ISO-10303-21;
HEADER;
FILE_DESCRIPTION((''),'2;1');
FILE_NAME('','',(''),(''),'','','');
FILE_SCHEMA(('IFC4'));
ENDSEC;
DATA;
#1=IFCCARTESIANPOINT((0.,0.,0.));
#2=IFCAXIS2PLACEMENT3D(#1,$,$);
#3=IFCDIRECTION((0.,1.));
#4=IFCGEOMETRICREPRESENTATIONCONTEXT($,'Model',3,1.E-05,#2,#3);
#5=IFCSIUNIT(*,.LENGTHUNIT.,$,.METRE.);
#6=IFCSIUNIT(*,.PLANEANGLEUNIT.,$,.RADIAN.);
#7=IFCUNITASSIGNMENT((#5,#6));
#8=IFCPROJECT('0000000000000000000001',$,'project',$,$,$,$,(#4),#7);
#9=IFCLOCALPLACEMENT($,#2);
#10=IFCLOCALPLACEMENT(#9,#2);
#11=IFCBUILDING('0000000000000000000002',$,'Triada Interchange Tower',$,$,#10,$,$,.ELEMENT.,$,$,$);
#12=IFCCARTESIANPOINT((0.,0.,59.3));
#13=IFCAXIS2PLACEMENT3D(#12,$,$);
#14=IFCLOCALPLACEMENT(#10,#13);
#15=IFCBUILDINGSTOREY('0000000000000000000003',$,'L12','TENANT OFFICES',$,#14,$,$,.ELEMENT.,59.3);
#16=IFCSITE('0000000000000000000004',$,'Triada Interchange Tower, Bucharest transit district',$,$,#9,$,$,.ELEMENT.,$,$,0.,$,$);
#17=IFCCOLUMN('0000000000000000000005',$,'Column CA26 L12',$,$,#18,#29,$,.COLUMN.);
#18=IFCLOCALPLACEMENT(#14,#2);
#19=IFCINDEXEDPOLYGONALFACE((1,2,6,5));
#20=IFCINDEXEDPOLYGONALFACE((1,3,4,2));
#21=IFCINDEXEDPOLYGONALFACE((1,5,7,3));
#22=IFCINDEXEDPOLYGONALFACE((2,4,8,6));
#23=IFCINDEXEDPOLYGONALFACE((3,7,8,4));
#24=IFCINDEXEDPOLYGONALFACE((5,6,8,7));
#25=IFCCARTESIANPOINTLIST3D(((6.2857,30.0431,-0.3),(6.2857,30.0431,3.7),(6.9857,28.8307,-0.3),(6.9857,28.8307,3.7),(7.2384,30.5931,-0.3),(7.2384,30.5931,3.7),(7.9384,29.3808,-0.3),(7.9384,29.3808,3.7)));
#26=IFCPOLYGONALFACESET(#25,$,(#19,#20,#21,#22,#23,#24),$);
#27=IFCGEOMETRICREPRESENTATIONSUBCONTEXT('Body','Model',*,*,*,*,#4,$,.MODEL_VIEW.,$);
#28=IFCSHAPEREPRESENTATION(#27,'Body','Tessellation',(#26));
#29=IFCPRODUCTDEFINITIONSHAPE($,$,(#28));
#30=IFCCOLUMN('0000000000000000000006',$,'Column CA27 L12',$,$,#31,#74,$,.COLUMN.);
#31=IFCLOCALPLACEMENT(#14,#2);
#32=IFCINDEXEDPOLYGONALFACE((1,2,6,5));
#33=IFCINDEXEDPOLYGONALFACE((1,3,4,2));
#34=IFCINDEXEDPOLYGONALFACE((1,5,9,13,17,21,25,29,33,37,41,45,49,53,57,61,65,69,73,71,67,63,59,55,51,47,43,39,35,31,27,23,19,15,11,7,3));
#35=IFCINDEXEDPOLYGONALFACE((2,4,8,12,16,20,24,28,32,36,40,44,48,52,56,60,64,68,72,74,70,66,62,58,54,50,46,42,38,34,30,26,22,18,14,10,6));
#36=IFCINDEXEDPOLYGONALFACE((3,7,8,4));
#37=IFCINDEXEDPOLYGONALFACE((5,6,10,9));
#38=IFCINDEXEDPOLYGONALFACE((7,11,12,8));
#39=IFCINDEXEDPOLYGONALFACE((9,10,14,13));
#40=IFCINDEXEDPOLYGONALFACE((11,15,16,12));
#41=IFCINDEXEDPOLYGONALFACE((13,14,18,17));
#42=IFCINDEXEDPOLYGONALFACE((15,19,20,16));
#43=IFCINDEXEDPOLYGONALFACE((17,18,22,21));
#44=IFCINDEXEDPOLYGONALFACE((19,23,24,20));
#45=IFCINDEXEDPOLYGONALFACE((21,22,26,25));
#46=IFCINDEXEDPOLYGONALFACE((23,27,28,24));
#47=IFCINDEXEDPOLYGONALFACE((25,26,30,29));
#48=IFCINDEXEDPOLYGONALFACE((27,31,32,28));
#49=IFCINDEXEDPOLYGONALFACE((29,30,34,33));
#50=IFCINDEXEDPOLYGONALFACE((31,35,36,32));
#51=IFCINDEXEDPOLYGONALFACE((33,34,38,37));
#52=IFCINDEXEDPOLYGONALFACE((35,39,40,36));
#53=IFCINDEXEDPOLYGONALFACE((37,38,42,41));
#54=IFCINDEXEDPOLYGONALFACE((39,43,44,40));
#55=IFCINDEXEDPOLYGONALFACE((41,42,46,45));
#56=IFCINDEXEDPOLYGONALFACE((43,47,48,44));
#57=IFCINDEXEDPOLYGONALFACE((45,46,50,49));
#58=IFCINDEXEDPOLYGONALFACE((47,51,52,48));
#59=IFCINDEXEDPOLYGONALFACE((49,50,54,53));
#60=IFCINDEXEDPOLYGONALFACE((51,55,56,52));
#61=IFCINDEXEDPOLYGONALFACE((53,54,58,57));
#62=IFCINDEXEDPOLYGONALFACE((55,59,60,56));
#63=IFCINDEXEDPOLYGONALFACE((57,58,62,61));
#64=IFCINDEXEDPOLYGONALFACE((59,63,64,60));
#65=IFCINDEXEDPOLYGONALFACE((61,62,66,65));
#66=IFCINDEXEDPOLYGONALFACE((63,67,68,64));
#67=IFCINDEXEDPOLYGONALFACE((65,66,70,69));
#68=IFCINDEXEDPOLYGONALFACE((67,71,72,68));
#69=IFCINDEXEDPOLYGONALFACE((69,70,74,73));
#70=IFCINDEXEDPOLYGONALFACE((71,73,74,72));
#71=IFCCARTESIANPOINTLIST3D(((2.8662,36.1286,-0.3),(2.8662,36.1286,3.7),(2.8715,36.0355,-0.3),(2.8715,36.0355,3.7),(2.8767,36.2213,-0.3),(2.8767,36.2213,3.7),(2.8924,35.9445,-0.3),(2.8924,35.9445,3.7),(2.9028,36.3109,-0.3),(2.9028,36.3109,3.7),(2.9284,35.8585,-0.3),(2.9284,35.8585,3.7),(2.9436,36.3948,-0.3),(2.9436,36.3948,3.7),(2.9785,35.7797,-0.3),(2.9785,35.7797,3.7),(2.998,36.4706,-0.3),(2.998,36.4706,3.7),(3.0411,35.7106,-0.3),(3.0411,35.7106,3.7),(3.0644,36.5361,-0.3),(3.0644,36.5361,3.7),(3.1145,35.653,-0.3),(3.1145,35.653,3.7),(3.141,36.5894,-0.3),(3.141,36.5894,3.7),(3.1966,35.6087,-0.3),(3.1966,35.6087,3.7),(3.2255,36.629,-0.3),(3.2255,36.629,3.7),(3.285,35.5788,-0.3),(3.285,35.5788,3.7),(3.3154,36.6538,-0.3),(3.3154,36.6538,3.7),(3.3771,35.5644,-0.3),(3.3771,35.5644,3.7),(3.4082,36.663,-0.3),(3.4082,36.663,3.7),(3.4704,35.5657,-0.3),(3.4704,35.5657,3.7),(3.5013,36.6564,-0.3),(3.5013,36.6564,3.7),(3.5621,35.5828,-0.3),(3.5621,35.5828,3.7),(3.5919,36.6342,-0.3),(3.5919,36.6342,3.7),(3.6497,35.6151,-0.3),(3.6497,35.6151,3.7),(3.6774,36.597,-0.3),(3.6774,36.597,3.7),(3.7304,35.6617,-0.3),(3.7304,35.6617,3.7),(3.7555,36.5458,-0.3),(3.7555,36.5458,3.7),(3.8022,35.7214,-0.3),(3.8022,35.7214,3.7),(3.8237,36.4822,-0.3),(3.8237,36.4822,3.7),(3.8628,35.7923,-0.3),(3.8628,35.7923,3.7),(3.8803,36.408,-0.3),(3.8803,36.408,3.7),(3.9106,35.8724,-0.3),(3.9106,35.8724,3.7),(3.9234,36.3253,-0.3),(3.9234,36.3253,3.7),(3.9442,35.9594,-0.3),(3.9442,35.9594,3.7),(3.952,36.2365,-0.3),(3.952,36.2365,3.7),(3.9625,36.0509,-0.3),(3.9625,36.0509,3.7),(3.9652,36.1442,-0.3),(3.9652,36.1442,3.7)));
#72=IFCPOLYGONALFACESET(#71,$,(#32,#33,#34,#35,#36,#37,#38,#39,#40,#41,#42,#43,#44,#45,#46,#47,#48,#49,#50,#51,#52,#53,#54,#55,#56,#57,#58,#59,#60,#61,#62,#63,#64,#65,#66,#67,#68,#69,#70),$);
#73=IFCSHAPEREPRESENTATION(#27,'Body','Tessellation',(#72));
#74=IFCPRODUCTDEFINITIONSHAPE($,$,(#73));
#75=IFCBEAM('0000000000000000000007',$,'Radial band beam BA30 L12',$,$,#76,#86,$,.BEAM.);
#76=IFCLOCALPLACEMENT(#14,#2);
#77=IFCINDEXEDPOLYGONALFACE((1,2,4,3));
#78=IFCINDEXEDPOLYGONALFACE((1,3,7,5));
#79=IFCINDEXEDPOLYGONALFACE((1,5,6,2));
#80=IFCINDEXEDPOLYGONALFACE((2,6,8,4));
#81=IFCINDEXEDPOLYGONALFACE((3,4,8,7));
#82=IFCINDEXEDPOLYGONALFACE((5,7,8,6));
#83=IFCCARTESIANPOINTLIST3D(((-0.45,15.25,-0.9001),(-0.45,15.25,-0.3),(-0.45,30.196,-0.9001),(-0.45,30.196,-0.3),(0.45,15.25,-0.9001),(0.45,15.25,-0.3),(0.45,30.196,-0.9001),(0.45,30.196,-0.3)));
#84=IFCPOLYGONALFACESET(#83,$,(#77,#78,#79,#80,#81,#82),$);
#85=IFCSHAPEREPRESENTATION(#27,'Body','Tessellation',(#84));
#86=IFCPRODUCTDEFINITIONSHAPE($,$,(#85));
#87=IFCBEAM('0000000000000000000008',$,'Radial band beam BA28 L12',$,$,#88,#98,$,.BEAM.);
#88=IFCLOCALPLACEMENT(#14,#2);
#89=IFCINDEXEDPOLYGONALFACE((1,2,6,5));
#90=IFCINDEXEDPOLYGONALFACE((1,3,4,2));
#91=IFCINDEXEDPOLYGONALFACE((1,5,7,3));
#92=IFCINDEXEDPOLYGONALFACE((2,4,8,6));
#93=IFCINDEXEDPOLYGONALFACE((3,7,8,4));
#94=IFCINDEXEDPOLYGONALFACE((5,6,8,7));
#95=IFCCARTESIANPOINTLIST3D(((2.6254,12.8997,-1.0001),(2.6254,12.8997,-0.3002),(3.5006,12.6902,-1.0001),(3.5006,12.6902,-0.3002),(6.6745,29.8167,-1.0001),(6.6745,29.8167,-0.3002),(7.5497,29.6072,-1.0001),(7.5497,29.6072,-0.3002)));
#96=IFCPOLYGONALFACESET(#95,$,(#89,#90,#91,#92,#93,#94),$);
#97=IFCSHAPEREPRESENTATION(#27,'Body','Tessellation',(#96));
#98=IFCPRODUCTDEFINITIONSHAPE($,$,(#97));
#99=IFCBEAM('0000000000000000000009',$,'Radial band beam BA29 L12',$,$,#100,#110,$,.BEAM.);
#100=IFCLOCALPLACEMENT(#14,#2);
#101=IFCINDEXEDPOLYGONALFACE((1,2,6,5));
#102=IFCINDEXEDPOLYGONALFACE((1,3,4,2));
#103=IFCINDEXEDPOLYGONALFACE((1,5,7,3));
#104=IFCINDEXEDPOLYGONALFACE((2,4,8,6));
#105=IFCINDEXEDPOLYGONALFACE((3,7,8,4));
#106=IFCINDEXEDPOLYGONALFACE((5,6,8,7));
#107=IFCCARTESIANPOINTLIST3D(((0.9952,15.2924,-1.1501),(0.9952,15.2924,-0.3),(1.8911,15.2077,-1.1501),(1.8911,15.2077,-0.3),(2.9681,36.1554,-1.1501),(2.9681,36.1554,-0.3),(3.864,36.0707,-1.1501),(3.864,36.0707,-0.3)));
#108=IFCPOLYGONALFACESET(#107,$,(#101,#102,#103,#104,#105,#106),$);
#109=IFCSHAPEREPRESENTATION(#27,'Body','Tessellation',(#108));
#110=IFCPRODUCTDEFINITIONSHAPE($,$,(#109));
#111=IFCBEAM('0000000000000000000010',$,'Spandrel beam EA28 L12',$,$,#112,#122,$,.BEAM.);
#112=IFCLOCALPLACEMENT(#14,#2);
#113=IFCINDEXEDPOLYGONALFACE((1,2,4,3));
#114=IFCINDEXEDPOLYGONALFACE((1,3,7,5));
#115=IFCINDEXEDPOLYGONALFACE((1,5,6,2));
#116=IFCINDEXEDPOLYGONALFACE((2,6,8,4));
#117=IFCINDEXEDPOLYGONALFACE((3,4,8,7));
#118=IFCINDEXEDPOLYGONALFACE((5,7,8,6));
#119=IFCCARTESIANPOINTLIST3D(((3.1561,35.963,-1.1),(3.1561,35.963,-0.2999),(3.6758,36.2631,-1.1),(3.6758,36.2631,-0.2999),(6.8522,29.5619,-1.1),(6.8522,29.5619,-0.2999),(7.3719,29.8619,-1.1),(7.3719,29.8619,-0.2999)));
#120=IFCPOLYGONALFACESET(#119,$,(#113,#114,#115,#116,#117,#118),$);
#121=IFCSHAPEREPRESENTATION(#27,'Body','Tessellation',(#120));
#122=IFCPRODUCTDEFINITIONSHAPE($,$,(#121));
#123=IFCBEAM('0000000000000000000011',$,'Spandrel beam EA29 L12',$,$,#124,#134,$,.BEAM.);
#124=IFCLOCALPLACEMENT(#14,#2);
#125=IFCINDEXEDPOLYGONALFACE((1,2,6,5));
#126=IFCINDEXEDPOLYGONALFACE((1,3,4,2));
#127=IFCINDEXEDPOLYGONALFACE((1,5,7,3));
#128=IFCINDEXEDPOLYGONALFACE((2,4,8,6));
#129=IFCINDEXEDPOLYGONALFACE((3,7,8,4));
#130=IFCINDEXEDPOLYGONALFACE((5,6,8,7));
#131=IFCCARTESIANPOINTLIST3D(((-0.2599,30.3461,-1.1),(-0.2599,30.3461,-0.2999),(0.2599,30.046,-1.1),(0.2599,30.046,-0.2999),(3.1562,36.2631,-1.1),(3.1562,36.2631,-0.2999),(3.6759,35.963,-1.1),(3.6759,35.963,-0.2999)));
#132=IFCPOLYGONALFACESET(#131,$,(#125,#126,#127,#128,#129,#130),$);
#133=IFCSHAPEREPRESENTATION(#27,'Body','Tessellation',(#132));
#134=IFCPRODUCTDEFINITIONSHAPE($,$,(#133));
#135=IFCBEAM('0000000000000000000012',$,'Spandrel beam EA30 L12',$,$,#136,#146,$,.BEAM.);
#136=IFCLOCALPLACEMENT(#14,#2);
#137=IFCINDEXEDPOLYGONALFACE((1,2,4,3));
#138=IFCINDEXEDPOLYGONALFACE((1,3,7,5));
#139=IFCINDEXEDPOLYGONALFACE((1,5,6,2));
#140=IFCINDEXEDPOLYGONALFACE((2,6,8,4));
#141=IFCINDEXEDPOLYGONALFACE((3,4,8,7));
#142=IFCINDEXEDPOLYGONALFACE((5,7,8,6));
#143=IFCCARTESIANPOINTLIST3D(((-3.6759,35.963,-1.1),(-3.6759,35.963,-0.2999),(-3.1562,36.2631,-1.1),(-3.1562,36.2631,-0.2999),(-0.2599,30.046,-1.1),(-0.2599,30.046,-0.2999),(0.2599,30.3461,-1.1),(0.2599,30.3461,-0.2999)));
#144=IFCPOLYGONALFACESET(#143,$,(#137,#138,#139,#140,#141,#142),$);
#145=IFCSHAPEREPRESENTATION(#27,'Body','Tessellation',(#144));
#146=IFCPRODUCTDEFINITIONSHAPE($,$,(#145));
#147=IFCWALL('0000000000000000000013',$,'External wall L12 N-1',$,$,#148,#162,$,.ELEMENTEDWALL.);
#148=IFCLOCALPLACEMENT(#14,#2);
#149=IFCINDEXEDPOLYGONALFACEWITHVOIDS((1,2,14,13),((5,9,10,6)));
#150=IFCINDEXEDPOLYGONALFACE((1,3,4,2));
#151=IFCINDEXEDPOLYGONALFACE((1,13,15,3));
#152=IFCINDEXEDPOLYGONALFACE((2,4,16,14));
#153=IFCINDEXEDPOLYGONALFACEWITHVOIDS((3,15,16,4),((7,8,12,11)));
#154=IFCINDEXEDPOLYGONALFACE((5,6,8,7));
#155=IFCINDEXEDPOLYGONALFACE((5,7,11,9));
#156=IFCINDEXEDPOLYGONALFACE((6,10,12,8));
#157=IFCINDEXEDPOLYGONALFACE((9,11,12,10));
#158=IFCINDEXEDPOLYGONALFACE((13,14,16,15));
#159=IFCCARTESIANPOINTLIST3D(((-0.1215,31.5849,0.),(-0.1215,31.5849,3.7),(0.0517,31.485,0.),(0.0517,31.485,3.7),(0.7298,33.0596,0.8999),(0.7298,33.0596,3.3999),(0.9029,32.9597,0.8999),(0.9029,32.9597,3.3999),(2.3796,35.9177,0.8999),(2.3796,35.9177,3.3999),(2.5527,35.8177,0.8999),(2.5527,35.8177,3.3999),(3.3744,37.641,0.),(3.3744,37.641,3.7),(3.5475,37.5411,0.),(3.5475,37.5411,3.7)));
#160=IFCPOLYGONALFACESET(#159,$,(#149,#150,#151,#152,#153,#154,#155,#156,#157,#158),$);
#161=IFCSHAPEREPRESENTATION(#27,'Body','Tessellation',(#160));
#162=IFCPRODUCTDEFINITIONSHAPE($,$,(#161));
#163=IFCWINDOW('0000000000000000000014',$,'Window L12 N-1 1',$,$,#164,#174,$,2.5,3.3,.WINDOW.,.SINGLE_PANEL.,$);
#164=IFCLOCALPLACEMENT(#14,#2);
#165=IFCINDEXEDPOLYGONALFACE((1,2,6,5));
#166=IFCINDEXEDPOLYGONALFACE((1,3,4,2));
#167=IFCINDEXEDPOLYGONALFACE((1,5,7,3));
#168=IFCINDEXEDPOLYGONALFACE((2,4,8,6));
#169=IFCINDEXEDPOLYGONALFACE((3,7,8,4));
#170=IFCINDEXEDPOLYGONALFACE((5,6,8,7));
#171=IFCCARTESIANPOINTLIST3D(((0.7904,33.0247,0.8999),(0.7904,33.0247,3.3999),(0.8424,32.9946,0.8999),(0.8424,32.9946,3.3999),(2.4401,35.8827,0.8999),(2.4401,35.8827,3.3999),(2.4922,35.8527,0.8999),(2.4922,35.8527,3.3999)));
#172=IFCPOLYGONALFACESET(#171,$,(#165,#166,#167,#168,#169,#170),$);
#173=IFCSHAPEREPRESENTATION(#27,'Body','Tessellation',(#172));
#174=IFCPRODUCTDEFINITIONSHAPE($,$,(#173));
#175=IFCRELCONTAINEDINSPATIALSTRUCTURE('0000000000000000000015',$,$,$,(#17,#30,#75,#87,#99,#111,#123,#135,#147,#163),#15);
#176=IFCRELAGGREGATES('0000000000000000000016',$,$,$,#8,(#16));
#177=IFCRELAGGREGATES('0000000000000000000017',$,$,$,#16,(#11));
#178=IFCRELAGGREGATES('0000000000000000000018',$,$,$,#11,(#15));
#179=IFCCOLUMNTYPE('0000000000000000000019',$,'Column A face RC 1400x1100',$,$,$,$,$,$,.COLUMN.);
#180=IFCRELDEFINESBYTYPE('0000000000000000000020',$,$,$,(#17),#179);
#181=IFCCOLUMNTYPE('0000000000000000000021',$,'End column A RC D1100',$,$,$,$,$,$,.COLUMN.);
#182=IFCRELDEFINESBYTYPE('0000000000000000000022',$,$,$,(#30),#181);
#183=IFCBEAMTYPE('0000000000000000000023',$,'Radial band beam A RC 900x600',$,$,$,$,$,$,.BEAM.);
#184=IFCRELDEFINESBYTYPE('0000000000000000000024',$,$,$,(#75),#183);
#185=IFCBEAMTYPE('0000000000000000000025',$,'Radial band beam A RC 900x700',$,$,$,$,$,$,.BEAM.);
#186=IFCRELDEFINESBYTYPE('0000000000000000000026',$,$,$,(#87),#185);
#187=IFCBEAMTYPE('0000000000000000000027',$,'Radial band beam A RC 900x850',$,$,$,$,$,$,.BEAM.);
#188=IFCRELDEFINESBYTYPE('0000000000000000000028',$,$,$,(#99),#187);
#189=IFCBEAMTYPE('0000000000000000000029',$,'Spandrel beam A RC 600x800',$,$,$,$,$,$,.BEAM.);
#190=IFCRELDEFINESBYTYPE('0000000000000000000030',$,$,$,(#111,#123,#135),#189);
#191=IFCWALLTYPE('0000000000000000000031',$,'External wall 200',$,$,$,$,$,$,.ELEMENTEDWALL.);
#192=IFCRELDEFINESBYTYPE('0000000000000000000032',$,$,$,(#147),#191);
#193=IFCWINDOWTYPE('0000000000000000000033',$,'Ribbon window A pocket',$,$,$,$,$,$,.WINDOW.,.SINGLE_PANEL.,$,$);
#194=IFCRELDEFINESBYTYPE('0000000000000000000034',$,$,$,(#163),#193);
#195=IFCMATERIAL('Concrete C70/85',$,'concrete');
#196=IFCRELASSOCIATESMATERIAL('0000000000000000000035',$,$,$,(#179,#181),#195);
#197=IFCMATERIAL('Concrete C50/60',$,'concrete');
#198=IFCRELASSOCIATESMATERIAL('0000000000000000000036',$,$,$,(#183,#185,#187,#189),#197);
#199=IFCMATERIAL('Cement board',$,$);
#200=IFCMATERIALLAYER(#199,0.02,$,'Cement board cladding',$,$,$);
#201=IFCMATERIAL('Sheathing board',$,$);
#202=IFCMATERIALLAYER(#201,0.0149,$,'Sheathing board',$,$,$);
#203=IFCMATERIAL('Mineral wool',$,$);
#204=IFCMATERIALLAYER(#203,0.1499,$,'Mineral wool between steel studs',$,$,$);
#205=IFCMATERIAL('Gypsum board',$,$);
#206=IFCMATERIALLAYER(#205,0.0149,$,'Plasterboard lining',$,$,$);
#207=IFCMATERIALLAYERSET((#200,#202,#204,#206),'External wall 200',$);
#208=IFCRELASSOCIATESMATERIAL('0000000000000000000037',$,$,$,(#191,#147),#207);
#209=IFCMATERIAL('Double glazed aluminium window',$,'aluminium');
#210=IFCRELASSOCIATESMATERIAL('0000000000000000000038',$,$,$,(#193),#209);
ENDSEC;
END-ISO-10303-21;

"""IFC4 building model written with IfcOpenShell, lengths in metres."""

from ifc_helpers import new_model, si_unit, direction, frame, frame_2d, origin, origin_2d, place, context, subcontext, project, spatial, rectangle, circle, extrude, material, layer, layer_set, layer_usage, material_profile, profile_set, type_object, element, fill, save


model = new_model("IFC4")

# Units and contexts
model_context = context("Model", 3, precision=1e-05, world=origin(), true_north=direction((0.0, 1.0)))
body_context = subcontext(model_context, "Body", "Model", "MODEL_VIEW")
ifc_project = project(units=[si_unit("LENGTHUNIT", "METRE"), si_unit("PLANEANGLEUNIT", "RADIAN")], contexts=[model_context])

# Site, building, storey
site_placement = place(None, origin())
site = spatial("IfcSite", under=ifc_project, at=site_placement, Name="Triada Interchange Tower, Bucharest transit district", CompositionType="ELEMENT", RefElevation=0.0)
building_placement = place(site_placement, origin())
building = spatial("IfcBuilding", under=site, at=building_placement, Name="Triada Interchange Tower", CompositionType="ELEMENT")
storey_placement = place(building_placement, frame((0.0, 0.0, 59.3)))
storey = spatial("IfcBuildingStorey", under=building, at=storey_placement, Name="L12", Description="TENANT OFFICES", CompositionType="ELEMENT", Elevation=59.3)

# Columns
ifc_material_1 = material(Name="Concrete C70/85", Category="concrete")
ifc_material_profile_1 = material_profile(ifc_material_1, rectangle(XDim=1.3999, YDim=1.1001, at=origin_2d()), Name="RC 1400x1100")
ifc_profile_set_1 = profile_set([ifc_material_profile_1], Name="Concrete C70/85")
column_type_1 = type_object("IfcColumnType", Name="Column A face RC 1400x1100", PredefinedType="COLUMN", material=ifc_profile_set_1)
column_1_placement = place(storey_placement, frame((7.1121, 29.7119, -0.3), z_axis=(0.0, 0.0, 1.0), x_axis=(-0.5, 0.866025, 0.0)))
element("IfcColumn", 1, at=column_1_placement, inside=storey, type_object=column_type_1, Name="Column CA26 L12", PredefinedType="COLUMN", context=body_context, shape_type="SweptSolid", body=[
    extrude(rectangle(XDim=1.3999, YDim=1.1001, at=origin_2d()), origin(), (0.0, 0.0, 1.0), 4.0),
])
ifc_material_profile_2 = material_profile(ifc_material_1, circle(Radius=0.55, at=origin_2d()), Name="RC D1100")
ifc_profile_set_2 = profile_set([ifc_material_profile_2], Name="Concrete C70/85")
column_type_2 = type_object("IfcColumnType", Name="End column A RC D1100", PredefinedType="COLUMN", material=ifc_profile_set_2)
column_2_placement = place(storey_placement, frame((3.416, 36.113, -0.3), z_axis=(0.0, 0.0, 1.0), x_axis=(-0.5, 0.866025, 0.0)))
element("IfcColumn", 2, at=column_2_placement, inside=storey, type_object=column_type_2, Name="Column CA27 L12", PredefinedType="COLUMN", context=body_context, shape_type="SweptSolid", body=[
    extrude(circle(Radius=0.55, at=origin_2d()), origin(), (0.0, 0.0, 1.0), 4.0),
])

# Beams
ifc_material_2 = material(Name="Concrete C50/60", Category="concrete")
ifc_material_profile_3 = material_profile(ifc_material_2, rectangle(XDim=0.8999, YDim=0.6001, at=origin_2d()), Name="RC 900x600")
ifc_profile_set_3 = profile_set([ifc_material_profile_3], Name="Concrete C50/60")
beam_type_1 = type_object("IfcBeamType", Name="Radial band beam A RC 900x600", PredefinedType="BEAM", material=ifc_profile_set_3)
beam_1_placement = place(storey_placement, frame((0.0, 30.196, -0.6001), z_axis=(0.0, -1.0, 0.0), x_axis=(1.0, 0.0, 0.0)))
element("IfcBeam", 3, at=beam_1_placement, inside=storey, type_object=beam_type_1, Name="Radial band beam BA30 L12", PredefinedType="BEAM", context=body_context, shape_type="SweptSolid", body=[
    extrude(rectangle(XDim=0.8999, YDim=0.6001, at=origin_2d()), origin(), (0.0, 0.0, 1.0), 14.946),
])
ifc_material_profile_4 = material_profile(ifc_material_2, rectangle(XDim=0.8999, YDim=0.7, at=origin_2d()), Name="RC 900x700")
ifc_profile_set_4 = profile_set([ifc_material_profile_4], Name="Concrete C50/60")
beam_type_2 = type_object("IfcBeamType", Name="Radial band beam A RC 900x700", PredefinedType="BEAM", material=ifc_profile_set_4)
beam_2_placement = place(storey_placement, frame((7.1121, 29.7119, -0.6501), z_axis=(-0.232775, -0.972531, 0.0), x_axis=(0.972531, -0.232775, 0.0)))
element("IfcBeam", 4, at=beam_2_placement, inside=storey, type_object=beam_type_2, Name="Radial band beam BA28 L12", PredefinedType="BEAM", context=body_context, shape_type="SweptSolid", body=[
    extrude(rectangle(XDim=0.8999, YDim=0.7, at=origin_2d()), origin(), (0.0, 0.0, 1.0), 17.3948),
])
ifc_material_profile_5 = material_profile(ifc_material_2, rectangle(XDim=0.8999, YDim=0.8501, at=origin_2d()), Name="RC 900x850")
ifc_profile_set_5 = profile_set([ifc_material_profile_5], Name="Concrete C50/60")
beam_type_3 = type_object("IfcBeamType", Name="Radial band beam A RC 900x850", PredefinedType="BEAM", material=ifc_profile_set_5)
beam_3_placement = place(storey_placement, frame((3.416, 36.113, -0.7251), z_axis=(-0.094144, -0.995559, 0.0), x_axis=(0.995559, -0.094144, 0.0)))
element("IfcBeam", 5, at=beam_3_placement, inside=storey, type_object=beam_type_3, Name="Radial band beam BA29 L12", PredefinedType="BEAM", context=body_context, shape_type="SweptSolid", body=[
    extrude(rectangle(XDim=0.8999, YDim=0.8501, at=origin_2d()), origin(), (0.0, 0.0, 1.0), 20.9561),
])
ifc_material_profile_6 = material_profile(ifc_material_2, rectangle(XDim=0.6001, YDim=0.8, at=origin_2d()), Name="RC 600x800")
ifc_profile_set_6 = profile_set([ifc_material_profile_6], Name="Concrete C50/60")
beam_type_4 = type_object("IfcBeamType", Name="Spandrel beam A RC 600x800", PredefinedType="BEAM", material=ifc_profile_set_6)
beam_4_placement = place(storey_placement, frame((7.1121, 29.7119, -0.7), z_axis=(-0.500036, 0.866005, 0.0), x_axis=(-0.866005, -0.500036, 0.0)))
element("IfcBeam", 6, at=beam_4_placement, inside=storey, type_object=beam_type_4, Name="Spandrel beam EA28 L12", PredefinedType="BEAM", context=body_context, shape_type="SweptSolid", body=[
    extrude(rectangle(XDim=0.6001, YDim=0.8, at=origin_2d()), origin(), (0.0, 0.0, 1.0), 7.3916),
])
for number, where, z_axis, x_axis, name in (
    (7, (3.416, 36.113, -0.7), (-0.499982, -0.866036, 0.0), (0.866036, -0.499982, 0.0), "Spandrel beam EA29 L12"),
    (8, (0.0, 30.196, -0.7), (-0.499982, 0.866036, 0.0), (-0.866036, -0.499982, 0.0), "Spandrel beam EA30 L12"),
):
    element("IfcBeam", number, at=place(storey_placement, frame(where, z_axis=z_axis, x_axis=x_axis)), inside=storey, type_object=beam_type_4, Name=name, PredefinedType="BEAM", context=body_context, shape_type="SweptSolid", body=[
        extrude(rectangle(XDim=0.6001, YDim=0.8, at=origin_2d()), origin(), (0.0, 0.0, 1.0), 6.8323),
    ])

# Wall, opening, window
ifc_material_3 = material(Name="Cement board")
ifc_layer_1 = layer(ifc_material_3, 0.02, Name="Cement board cladding")
ifc_material_4 = material(Name="Sheathing board")
ifc_layer_2 = layer(ifc_material_4, 0.0149, Name="Sheathing board")
ifc_material_5 = material(Name="Mineral wool")
ifc_layer_3 = layer(ifc_material_5, 0.1499, Name="Mineral wool between steel studs")
ifc_material_6 = material(Name="Gypsum board")
ifc_layer_4 = layer(ifc_material_6, 0.0149, Name="Plasterboard lining")
ifc_layer_set_1 = layer_set([ifc_layer_1, ifc_layer_2, ifc_layer_3, ifc_layer_4], Name="External wall 200")
ifc_layer_usage = layer_usage(ifc_layer_set_1, "AXIS2", "POSITIVE", -0.1001)
wall_type_1 = type_object("IfcWallType", Name="External wall 200", PredefinedType="ELEMENTEDWALL", material=ifc_layer_set_1)
wall_1_placement = place(storey_placement, frame((3.4609, 37.5911, 0.0), z_axis=(0.0, 0.0, 1.0), x_axis=(-0.499928, -0.866067, 0.0)))
wall_1 = element("IfcWall", 9, at=wall_1_placement, inside=storey, type_object=wall_type_1, material=ifc_layer_usage, Name="External wall L12 N-1", PredefinedType="ELEMENTEDWALL", context=body_context, shape_type="SweptSolid", body=[
    extrude(rectangle(XDim=6.9927, YDim=0.2, at=frame_2d((3.4963, 0.0))), origin(), (0.0, 0.0, 1.0), 3.7),
])
opening_1_placement = place(wall_1_placement, frame((1.99, 0.0, 0.8999)))
opening_1 = element("IfcOpeningElement", 10, at=opening_1_placement, cuts=wall_1, PredefinedType="OPENING", context=body_context, shape_type="SweptSolid", body=[
    extrude(rectangle(XDim=3.3, YDim=2.5, at=frame_2d((1.6499, 1.25))), frame((0.0, 0.1099, 0.0), z_axis=(0.0, -1.0, 0.0), x_axis=(1.0, 0.0, 0.0)), (0.0, 0.0, 1.0), 0.22),
])
ifc_material_7 = material(Name="Double glazed aluminium window", Category="aluminium")
window_type = type_object("IfcWindowType", Name="Ribbon window A pocket", PartitioningType="SINGLE_PANEL", PredefinedType="WINDOW", material=ifc_material_7)
window_1_placement = place(opening_1_placement, origin())
window_1 = element("IfcWindow", 11, at=window_1_placement, inside=storey, type_object=window_type, Name="Window L12 N-1 1", OverallHeight=2.5, OverallWidth=3.3, PartitioningType="SINGLE_PANEL", PredefinedType="WINDOW", context=body_context, shape_type="SweptSolid", body=[
    extrude(rectangle(XDim=3.3, YDim=2.5, at=frame_2d((1.6499, 1.25))), frame((0.0, 0.03, 0.0), z_axis=(0.0, -1.0, 0.0), x_axis=(1.0, 0.0, 0.0)), (0.0, 0.0, 1.0), 0.0601),
])
fill(opening_1, window_1)

save(model, "model.ifc")
